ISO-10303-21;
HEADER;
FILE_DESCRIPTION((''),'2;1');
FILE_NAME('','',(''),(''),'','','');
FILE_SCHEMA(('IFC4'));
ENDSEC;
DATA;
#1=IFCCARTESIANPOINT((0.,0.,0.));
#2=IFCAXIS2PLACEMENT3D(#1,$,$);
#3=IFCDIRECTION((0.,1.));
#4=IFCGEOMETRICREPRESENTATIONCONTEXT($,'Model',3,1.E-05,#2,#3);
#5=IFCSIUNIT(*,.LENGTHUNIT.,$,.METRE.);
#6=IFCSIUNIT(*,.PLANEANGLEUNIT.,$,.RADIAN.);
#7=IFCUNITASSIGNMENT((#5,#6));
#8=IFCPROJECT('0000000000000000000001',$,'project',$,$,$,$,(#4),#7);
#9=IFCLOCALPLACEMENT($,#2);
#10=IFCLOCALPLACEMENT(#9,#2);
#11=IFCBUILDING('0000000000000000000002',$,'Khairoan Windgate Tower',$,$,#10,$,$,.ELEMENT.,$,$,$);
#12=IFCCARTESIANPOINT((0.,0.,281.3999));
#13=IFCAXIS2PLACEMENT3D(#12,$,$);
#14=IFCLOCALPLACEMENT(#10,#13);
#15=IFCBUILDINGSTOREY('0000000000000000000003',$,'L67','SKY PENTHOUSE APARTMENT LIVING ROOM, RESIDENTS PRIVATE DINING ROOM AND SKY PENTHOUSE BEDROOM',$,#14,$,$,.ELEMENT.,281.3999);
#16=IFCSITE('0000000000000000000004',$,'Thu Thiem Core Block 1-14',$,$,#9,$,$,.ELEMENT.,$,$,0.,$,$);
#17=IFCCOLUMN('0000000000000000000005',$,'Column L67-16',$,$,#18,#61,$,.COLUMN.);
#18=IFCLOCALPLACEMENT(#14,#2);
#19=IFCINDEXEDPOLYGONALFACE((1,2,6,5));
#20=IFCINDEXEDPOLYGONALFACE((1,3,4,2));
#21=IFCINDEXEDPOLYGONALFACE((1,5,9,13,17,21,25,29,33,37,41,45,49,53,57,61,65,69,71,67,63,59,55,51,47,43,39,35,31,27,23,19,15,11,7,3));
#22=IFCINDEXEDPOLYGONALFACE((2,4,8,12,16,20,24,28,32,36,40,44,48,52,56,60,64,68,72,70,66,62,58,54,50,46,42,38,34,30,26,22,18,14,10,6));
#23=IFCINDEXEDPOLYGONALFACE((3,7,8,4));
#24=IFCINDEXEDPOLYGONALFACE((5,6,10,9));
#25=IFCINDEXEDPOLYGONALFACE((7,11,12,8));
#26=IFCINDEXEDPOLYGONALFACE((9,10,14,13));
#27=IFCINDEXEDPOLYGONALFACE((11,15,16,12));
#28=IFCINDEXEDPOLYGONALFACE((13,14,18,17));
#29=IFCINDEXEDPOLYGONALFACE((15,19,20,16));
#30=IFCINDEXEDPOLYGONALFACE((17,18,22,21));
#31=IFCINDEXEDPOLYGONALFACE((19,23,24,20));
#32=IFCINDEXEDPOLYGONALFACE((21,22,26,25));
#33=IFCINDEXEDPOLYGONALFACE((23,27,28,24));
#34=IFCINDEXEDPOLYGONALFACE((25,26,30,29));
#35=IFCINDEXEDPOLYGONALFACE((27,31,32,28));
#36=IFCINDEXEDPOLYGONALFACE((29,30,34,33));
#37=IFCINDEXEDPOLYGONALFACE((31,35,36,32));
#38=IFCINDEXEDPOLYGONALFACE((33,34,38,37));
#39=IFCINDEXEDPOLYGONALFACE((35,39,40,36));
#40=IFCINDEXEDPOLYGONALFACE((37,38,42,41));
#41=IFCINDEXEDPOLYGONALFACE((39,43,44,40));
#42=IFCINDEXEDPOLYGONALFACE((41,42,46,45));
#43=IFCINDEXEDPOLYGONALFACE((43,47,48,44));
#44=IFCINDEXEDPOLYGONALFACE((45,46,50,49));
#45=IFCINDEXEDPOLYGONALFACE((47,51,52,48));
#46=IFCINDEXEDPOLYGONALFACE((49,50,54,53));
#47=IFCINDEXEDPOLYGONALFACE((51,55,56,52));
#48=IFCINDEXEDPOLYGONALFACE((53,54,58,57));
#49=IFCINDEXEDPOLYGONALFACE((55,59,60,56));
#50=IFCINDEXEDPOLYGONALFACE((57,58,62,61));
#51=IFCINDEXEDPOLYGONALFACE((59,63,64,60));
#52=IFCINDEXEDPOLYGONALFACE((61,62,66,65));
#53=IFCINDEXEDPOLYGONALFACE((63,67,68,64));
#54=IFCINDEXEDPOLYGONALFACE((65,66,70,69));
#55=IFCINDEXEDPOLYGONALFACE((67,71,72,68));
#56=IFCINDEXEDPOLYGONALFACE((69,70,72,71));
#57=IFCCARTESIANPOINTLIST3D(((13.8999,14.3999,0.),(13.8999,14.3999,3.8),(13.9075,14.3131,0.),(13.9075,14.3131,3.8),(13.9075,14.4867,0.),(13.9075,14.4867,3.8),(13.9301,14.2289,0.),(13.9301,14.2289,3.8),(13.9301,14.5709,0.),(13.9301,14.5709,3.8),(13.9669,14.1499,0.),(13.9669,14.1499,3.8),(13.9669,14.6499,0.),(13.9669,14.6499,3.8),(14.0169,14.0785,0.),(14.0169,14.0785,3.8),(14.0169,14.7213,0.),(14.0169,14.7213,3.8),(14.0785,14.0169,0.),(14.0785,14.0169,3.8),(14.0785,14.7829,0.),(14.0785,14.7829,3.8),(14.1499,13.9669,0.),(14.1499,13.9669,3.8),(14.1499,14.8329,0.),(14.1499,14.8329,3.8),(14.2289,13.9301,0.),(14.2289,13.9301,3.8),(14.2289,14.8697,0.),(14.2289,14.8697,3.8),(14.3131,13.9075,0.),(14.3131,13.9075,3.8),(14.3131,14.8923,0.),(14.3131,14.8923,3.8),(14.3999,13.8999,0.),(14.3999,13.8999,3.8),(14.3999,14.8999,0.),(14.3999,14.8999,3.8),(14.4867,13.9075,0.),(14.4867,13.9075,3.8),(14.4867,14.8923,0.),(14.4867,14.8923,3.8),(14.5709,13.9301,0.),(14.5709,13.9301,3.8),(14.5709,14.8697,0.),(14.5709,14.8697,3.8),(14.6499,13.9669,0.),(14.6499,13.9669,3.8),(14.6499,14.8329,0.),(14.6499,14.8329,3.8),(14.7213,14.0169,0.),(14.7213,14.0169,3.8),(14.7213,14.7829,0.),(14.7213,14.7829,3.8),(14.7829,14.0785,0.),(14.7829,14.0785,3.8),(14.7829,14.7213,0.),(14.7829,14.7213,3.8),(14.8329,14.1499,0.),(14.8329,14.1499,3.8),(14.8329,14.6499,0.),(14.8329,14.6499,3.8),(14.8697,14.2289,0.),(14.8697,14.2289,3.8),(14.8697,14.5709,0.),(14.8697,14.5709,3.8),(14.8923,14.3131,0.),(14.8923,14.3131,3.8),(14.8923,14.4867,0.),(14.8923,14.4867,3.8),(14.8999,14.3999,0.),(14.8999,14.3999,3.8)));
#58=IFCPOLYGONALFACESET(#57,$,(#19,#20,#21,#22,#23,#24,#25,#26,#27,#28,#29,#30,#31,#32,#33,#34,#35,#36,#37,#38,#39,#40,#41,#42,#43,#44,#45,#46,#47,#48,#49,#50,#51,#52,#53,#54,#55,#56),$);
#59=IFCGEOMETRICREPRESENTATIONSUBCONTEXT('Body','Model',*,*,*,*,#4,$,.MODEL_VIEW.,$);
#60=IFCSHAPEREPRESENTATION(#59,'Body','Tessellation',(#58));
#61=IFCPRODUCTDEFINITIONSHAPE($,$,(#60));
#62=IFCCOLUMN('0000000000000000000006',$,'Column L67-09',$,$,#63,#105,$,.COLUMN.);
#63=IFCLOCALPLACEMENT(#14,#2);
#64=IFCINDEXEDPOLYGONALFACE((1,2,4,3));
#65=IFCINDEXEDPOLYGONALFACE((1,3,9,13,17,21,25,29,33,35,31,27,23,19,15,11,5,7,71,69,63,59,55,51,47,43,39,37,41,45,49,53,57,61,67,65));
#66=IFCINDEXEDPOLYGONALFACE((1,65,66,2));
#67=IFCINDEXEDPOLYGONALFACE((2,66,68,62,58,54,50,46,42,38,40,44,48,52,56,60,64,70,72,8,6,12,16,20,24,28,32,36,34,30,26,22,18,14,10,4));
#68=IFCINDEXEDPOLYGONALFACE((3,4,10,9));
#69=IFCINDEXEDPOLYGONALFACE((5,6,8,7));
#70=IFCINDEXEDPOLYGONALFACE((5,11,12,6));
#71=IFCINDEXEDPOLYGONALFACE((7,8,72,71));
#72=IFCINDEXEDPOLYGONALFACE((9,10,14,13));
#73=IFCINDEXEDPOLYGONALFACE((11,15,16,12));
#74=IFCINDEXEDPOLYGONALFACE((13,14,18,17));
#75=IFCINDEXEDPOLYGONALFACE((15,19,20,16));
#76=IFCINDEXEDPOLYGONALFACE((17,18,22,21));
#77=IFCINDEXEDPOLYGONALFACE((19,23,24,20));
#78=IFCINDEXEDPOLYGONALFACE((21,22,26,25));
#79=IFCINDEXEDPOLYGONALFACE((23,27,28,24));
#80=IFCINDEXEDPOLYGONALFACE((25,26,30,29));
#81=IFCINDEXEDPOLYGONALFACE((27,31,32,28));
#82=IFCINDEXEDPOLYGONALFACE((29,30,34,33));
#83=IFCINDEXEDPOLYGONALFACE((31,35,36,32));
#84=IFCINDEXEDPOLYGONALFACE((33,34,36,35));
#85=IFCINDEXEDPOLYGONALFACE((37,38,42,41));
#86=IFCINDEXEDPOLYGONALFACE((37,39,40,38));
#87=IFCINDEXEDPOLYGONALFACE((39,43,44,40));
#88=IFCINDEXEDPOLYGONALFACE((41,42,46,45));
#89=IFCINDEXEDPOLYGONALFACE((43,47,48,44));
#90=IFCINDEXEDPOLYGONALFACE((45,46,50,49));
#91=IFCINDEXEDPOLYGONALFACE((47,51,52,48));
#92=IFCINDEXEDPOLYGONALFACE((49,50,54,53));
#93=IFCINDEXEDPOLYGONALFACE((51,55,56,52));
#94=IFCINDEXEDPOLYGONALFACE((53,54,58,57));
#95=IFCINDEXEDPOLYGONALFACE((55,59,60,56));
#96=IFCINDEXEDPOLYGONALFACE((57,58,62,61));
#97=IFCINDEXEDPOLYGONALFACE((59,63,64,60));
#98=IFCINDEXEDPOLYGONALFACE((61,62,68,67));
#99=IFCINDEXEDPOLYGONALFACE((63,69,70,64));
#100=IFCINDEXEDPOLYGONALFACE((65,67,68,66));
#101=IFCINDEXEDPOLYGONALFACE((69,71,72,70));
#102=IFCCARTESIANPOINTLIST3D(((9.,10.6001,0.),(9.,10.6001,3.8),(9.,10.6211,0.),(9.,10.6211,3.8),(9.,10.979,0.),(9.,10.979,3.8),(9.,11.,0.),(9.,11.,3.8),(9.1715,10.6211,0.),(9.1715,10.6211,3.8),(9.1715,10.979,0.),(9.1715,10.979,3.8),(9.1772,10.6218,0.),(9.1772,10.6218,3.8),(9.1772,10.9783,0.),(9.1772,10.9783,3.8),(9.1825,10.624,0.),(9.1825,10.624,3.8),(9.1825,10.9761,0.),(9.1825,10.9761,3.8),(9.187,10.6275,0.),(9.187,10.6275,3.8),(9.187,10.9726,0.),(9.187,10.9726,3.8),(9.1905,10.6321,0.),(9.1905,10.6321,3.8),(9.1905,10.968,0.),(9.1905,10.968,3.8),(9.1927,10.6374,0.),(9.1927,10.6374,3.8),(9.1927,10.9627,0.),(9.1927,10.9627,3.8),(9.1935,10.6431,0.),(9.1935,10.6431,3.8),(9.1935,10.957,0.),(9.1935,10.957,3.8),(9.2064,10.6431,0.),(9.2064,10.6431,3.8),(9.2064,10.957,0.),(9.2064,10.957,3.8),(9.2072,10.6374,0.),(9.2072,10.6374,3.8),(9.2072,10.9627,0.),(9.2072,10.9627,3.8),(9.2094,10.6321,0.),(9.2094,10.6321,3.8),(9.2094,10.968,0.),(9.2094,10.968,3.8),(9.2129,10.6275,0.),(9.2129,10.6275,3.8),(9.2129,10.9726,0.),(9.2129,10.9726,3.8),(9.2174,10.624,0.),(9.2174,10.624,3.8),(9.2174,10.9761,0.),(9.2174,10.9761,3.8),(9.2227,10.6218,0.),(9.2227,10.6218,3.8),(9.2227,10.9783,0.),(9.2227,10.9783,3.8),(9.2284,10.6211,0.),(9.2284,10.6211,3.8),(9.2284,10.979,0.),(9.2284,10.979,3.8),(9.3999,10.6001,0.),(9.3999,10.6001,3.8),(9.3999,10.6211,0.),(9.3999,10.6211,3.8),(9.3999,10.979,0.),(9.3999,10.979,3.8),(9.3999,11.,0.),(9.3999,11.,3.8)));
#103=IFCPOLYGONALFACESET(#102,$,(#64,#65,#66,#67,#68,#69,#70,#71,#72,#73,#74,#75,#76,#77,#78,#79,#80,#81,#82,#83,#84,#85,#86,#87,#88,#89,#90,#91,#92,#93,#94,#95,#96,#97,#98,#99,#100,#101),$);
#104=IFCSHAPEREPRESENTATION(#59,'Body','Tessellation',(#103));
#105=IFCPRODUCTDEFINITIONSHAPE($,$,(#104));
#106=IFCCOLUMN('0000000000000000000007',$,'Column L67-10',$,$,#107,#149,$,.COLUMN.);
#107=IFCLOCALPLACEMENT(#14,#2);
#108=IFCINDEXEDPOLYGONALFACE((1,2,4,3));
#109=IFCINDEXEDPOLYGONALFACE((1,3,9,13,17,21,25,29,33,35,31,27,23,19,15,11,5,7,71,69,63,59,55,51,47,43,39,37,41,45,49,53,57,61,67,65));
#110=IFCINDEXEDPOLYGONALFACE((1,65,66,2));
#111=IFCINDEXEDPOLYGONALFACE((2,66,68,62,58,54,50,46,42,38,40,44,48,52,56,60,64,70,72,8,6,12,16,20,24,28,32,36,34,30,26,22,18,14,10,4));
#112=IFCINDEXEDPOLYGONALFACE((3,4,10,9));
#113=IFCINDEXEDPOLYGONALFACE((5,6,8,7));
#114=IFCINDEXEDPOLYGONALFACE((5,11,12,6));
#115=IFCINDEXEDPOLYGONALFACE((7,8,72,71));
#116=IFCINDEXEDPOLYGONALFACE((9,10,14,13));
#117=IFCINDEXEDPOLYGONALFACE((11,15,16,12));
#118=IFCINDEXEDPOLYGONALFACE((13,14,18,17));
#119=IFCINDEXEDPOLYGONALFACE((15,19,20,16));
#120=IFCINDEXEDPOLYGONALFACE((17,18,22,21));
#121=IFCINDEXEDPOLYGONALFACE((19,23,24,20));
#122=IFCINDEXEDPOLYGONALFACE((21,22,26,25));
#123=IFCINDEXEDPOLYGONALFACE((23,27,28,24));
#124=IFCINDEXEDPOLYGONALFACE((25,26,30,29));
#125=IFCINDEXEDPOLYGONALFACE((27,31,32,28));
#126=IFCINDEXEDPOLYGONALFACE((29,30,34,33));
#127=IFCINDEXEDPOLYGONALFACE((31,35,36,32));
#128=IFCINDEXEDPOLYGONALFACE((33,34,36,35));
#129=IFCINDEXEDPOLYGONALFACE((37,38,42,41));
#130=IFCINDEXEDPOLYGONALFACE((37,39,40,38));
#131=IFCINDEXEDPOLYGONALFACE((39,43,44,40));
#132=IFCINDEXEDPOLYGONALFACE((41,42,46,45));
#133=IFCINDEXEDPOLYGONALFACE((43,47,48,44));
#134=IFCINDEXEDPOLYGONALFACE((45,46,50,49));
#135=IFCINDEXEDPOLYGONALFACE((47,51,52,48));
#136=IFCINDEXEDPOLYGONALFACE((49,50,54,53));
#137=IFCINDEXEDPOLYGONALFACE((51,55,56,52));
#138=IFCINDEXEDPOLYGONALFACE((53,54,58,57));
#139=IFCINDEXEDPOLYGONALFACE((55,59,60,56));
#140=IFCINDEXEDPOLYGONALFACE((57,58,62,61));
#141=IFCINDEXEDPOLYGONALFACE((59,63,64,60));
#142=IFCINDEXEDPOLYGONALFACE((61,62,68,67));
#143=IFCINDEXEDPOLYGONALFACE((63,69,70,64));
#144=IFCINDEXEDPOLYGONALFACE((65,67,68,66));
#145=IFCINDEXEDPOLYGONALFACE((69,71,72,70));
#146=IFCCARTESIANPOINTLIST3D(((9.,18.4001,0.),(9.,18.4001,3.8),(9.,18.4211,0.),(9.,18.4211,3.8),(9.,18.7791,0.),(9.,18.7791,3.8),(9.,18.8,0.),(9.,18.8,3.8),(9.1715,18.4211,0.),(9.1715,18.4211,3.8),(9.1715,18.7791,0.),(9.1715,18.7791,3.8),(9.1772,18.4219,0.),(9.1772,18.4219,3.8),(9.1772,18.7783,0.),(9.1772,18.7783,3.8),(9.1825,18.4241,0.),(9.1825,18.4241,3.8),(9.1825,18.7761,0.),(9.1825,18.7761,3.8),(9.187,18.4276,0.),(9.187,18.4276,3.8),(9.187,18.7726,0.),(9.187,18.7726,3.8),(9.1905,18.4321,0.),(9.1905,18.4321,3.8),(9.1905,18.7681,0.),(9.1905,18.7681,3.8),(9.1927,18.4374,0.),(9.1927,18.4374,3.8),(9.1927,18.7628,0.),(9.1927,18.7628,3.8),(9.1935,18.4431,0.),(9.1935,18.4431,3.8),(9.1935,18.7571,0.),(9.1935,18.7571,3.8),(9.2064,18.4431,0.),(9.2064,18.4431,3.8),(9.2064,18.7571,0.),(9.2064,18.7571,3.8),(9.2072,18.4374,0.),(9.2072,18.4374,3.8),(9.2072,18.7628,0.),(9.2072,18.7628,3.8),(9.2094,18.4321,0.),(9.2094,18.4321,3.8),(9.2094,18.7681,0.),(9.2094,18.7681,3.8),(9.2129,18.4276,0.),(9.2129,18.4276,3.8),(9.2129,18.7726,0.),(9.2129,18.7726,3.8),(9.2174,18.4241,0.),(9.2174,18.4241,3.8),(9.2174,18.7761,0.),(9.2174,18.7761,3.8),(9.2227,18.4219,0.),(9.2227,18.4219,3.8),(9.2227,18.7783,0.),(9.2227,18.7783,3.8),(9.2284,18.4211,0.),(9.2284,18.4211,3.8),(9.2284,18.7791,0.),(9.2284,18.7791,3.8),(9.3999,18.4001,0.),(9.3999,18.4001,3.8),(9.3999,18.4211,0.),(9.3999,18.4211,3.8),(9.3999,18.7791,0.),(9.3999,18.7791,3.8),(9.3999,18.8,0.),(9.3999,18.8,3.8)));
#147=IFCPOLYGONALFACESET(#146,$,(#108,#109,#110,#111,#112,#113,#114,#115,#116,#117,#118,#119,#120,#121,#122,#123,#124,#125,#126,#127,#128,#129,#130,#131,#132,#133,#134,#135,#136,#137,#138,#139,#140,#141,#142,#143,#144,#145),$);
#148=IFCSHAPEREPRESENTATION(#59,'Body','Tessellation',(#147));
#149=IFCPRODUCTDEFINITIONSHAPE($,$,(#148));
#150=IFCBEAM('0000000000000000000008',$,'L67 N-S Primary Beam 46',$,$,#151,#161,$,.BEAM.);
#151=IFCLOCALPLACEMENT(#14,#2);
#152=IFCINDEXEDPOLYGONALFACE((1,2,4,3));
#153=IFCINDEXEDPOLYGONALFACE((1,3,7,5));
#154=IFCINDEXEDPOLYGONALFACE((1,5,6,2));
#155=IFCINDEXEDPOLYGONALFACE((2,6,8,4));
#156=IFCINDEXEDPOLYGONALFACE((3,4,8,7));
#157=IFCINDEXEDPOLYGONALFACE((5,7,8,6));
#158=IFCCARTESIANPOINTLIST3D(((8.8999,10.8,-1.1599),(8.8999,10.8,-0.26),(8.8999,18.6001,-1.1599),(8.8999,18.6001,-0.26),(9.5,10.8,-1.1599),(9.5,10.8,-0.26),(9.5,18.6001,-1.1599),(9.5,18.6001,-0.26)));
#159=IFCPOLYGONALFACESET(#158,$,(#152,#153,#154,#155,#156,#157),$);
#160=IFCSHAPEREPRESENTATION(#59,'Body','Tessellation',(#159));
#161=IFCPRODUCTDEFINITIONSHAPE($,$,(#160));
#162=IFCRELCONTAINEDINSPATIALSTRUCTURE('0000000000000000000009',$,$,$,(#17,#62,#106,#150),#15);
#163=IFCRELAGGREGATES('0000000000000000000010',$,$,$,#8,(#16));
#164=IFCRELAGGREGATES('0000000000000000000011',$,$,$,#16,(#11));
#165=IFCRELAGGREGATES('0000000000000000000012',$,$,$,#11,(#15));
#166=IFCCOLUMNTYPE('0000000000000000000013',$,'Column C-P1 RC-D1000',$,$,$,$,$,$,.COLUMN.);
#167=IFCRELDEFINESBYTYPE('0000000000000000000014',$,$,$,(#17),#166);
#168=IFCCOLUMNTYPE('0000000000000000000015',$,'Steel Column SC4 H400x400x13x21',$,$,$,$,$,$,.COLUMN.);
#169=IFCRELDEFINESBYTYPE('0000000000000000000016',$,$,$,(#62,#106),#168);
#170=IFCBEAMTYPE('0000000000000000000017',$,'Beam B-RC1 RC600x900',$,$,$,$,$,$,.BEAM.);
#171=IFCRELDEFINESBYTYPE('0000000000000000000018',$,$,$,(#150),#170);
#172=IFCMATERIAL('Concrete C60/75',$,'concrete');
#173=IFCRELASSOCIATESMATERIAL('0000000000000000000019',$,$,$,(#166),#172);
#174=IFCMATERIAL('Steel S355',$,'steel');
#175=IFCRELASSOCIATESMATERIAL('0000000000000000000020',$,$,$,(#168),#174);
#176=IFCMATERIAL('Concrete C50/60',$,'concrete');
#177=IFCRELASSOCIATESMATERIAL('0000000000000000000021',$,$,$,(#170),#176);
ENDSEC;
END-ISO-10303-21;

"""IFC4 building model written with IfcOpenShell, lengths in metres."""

from ifc_helpers import new_model, si_unit, direction, frame, origin, origin_2d, place, context, subcontext, project, spatial, rectangle, circle, i_section, extrude, material, material_profile, profile_set, type_object, element, save


model = new_model("IFC4")

# Units and contexts
model_context = context("Model", 3, precision=1e-05, world=origin(), true_north=direction((0.0, 1.0)))
body_context = subcontext(model_context, "Body", "Model", "MODEL_VIEW")
ifc_project = project(units=[si_unit("LENGTHUNIT", "METRE"), si_unit("PLANEANGLEUNIT", "RADIAN")], contexts=[model_context])

# Site, building, storey
site_placement = place(None, origin())
site = spatial("IfcSite", under=ifc_project, at=site_placement, Name="Thu Thiem Core Block 1-14", CompositionType="ELEMENT", RefElevation=0.0)
building_placement = place(site_placement, origin())
building = spatial("IfcBuilding", under=site, at=building_placement, Name="Khairoan Windgate Tower", CompositionType="ELEMENT")
storey_placement = place(building_placement, frame((0.0, 0.0, 281.3999)))
storey = spatial("IfcBuildingStorey", under=building, at=storey_placement, Name="L67", Description="SKY PENTHOUSE APARTMENT LIVING ROOM, RESIDENTS PRIVATE DINING ROOM AND SKY PENTHOUSE BEDROOM", CompositionType="ELEMENT", Elevation=281.3999)

# Columns
ifc_material_1 = material(Name="Concrete C60/75", Category="concrete")
ifc_material_profile_1 = material_profile(ifc_material_1, circle(Radius=0.5, at=origin_2d()))
ifc_profile_set_1 = profile_set([ifc_material_profile_1], Name="Concrete C60/75")
column_type_1 = type_object("IfcColumnType", Name="Column C-P1 RC-D1000", PredefinedType="COLUMN", material=ifc_profile_set_1)
column_placement = place(storey_placement, frame((14.3999, 14.3999, 0.0), z_axis=(0.0, 0.0, 1.0), x_axis=(1.0, 0.0, 0.0)))
element("IfcColumn", 1, at=column_placement, inside=storey, type_object=column_type_1, Name="Column L67-16", PredefinedType="COLUMN", context=body_context, shape_type="SweptSolid", body=[
    extrude(circle(Radius=0.5, at=origin_2d()), origin(), (0.0, 0.0, 1.0), 3.8),
])
ifc_material_2 = material(Name="Steel S355", Category="steel")
ifc_material_profile_2 = material_profile(ifc_material_2, i_section(OverallWidth=0.3999, OverallDepth=0.3999, WebThickness=0.0129, FlangeThickness=0.021, FilletRadius=0.022, at=origin_2d()))
ifc_profile_set_2 = profile_set([ifc_material_profile_2], Name="Steel S355")
column_type_2 = type_object("IfcColumnType", Name="Steel Column SC4 H400x400x13x21", PredefinedType="COLUMN", material=ifc_profile_set_2)
for number, where, z_axis, x_axis, name in (
    (2, (9.2, 10.8, 0.0), (0.0, 0.0, 1.0), (1.0, 0.0, 0.0), "Column L67-09"),
    (3, (9.2, 18.6001, 0.0), (0.0, 0.0, 1.0), (1.0, 0.0, 0.0), "Column L67-10"),
):
    element("IfcColumn", number, at=place(storey_placement, frame(where, z_axis=z_axis, x_axis=x_axis)), inside=storey, type_object=column_type_2, Name=name, PredefinedType="COLUMN", context=body_context, shape_type="SweptSolid", body=[
        extrude(i_section(OverallWidth=0.3999, OverallDepth=0.3999, WebThickness=0.0129, FlangeThickness=0.021, FilletRadius=0.022, at=origin_2d()), origin(), (0.0, 0.0, 1.0), 3.8),
    ])

# Beam
ifc_material_3 = material(Name="Concrete C50/60", Category="concrete")
ifc_material_profile_3 = material_profile(ifc_material_3, rectangle(XDim=0.6001, YDim=0.8999, at=origin_2d()))
ifc_profile_set_3 = profile_set([ifc_material_profile_3], Name="Concrete C50/60")
beam_type = type_object("IfcBeamType", Name="Beam B-RC1 RC600x900", PredefinedType="BEAM", material=ifc_profile_set_3)
beam_placement = place(storey_placement, frame((9.2, 10.8, -0.71), z_axis=(0.0, 1.0, 0.0), x_axis=(-1.0, 0.0, 0.0)))
element("IfcBeam", 4, at=beam_placement, inside=storey, type_object=beam_type, Name="L67 N-S Primary Beam 46", PredefinedType="BEAM", context=body_context, shape_type="SweptSolid", body=[
    extrude(rectangle(XDim=0.6001, YDim=0.8999, at=origin_2d()), origin(), (0.0, 0.0, 1.0), 7.8),
])

save(model, "model.ifc")
